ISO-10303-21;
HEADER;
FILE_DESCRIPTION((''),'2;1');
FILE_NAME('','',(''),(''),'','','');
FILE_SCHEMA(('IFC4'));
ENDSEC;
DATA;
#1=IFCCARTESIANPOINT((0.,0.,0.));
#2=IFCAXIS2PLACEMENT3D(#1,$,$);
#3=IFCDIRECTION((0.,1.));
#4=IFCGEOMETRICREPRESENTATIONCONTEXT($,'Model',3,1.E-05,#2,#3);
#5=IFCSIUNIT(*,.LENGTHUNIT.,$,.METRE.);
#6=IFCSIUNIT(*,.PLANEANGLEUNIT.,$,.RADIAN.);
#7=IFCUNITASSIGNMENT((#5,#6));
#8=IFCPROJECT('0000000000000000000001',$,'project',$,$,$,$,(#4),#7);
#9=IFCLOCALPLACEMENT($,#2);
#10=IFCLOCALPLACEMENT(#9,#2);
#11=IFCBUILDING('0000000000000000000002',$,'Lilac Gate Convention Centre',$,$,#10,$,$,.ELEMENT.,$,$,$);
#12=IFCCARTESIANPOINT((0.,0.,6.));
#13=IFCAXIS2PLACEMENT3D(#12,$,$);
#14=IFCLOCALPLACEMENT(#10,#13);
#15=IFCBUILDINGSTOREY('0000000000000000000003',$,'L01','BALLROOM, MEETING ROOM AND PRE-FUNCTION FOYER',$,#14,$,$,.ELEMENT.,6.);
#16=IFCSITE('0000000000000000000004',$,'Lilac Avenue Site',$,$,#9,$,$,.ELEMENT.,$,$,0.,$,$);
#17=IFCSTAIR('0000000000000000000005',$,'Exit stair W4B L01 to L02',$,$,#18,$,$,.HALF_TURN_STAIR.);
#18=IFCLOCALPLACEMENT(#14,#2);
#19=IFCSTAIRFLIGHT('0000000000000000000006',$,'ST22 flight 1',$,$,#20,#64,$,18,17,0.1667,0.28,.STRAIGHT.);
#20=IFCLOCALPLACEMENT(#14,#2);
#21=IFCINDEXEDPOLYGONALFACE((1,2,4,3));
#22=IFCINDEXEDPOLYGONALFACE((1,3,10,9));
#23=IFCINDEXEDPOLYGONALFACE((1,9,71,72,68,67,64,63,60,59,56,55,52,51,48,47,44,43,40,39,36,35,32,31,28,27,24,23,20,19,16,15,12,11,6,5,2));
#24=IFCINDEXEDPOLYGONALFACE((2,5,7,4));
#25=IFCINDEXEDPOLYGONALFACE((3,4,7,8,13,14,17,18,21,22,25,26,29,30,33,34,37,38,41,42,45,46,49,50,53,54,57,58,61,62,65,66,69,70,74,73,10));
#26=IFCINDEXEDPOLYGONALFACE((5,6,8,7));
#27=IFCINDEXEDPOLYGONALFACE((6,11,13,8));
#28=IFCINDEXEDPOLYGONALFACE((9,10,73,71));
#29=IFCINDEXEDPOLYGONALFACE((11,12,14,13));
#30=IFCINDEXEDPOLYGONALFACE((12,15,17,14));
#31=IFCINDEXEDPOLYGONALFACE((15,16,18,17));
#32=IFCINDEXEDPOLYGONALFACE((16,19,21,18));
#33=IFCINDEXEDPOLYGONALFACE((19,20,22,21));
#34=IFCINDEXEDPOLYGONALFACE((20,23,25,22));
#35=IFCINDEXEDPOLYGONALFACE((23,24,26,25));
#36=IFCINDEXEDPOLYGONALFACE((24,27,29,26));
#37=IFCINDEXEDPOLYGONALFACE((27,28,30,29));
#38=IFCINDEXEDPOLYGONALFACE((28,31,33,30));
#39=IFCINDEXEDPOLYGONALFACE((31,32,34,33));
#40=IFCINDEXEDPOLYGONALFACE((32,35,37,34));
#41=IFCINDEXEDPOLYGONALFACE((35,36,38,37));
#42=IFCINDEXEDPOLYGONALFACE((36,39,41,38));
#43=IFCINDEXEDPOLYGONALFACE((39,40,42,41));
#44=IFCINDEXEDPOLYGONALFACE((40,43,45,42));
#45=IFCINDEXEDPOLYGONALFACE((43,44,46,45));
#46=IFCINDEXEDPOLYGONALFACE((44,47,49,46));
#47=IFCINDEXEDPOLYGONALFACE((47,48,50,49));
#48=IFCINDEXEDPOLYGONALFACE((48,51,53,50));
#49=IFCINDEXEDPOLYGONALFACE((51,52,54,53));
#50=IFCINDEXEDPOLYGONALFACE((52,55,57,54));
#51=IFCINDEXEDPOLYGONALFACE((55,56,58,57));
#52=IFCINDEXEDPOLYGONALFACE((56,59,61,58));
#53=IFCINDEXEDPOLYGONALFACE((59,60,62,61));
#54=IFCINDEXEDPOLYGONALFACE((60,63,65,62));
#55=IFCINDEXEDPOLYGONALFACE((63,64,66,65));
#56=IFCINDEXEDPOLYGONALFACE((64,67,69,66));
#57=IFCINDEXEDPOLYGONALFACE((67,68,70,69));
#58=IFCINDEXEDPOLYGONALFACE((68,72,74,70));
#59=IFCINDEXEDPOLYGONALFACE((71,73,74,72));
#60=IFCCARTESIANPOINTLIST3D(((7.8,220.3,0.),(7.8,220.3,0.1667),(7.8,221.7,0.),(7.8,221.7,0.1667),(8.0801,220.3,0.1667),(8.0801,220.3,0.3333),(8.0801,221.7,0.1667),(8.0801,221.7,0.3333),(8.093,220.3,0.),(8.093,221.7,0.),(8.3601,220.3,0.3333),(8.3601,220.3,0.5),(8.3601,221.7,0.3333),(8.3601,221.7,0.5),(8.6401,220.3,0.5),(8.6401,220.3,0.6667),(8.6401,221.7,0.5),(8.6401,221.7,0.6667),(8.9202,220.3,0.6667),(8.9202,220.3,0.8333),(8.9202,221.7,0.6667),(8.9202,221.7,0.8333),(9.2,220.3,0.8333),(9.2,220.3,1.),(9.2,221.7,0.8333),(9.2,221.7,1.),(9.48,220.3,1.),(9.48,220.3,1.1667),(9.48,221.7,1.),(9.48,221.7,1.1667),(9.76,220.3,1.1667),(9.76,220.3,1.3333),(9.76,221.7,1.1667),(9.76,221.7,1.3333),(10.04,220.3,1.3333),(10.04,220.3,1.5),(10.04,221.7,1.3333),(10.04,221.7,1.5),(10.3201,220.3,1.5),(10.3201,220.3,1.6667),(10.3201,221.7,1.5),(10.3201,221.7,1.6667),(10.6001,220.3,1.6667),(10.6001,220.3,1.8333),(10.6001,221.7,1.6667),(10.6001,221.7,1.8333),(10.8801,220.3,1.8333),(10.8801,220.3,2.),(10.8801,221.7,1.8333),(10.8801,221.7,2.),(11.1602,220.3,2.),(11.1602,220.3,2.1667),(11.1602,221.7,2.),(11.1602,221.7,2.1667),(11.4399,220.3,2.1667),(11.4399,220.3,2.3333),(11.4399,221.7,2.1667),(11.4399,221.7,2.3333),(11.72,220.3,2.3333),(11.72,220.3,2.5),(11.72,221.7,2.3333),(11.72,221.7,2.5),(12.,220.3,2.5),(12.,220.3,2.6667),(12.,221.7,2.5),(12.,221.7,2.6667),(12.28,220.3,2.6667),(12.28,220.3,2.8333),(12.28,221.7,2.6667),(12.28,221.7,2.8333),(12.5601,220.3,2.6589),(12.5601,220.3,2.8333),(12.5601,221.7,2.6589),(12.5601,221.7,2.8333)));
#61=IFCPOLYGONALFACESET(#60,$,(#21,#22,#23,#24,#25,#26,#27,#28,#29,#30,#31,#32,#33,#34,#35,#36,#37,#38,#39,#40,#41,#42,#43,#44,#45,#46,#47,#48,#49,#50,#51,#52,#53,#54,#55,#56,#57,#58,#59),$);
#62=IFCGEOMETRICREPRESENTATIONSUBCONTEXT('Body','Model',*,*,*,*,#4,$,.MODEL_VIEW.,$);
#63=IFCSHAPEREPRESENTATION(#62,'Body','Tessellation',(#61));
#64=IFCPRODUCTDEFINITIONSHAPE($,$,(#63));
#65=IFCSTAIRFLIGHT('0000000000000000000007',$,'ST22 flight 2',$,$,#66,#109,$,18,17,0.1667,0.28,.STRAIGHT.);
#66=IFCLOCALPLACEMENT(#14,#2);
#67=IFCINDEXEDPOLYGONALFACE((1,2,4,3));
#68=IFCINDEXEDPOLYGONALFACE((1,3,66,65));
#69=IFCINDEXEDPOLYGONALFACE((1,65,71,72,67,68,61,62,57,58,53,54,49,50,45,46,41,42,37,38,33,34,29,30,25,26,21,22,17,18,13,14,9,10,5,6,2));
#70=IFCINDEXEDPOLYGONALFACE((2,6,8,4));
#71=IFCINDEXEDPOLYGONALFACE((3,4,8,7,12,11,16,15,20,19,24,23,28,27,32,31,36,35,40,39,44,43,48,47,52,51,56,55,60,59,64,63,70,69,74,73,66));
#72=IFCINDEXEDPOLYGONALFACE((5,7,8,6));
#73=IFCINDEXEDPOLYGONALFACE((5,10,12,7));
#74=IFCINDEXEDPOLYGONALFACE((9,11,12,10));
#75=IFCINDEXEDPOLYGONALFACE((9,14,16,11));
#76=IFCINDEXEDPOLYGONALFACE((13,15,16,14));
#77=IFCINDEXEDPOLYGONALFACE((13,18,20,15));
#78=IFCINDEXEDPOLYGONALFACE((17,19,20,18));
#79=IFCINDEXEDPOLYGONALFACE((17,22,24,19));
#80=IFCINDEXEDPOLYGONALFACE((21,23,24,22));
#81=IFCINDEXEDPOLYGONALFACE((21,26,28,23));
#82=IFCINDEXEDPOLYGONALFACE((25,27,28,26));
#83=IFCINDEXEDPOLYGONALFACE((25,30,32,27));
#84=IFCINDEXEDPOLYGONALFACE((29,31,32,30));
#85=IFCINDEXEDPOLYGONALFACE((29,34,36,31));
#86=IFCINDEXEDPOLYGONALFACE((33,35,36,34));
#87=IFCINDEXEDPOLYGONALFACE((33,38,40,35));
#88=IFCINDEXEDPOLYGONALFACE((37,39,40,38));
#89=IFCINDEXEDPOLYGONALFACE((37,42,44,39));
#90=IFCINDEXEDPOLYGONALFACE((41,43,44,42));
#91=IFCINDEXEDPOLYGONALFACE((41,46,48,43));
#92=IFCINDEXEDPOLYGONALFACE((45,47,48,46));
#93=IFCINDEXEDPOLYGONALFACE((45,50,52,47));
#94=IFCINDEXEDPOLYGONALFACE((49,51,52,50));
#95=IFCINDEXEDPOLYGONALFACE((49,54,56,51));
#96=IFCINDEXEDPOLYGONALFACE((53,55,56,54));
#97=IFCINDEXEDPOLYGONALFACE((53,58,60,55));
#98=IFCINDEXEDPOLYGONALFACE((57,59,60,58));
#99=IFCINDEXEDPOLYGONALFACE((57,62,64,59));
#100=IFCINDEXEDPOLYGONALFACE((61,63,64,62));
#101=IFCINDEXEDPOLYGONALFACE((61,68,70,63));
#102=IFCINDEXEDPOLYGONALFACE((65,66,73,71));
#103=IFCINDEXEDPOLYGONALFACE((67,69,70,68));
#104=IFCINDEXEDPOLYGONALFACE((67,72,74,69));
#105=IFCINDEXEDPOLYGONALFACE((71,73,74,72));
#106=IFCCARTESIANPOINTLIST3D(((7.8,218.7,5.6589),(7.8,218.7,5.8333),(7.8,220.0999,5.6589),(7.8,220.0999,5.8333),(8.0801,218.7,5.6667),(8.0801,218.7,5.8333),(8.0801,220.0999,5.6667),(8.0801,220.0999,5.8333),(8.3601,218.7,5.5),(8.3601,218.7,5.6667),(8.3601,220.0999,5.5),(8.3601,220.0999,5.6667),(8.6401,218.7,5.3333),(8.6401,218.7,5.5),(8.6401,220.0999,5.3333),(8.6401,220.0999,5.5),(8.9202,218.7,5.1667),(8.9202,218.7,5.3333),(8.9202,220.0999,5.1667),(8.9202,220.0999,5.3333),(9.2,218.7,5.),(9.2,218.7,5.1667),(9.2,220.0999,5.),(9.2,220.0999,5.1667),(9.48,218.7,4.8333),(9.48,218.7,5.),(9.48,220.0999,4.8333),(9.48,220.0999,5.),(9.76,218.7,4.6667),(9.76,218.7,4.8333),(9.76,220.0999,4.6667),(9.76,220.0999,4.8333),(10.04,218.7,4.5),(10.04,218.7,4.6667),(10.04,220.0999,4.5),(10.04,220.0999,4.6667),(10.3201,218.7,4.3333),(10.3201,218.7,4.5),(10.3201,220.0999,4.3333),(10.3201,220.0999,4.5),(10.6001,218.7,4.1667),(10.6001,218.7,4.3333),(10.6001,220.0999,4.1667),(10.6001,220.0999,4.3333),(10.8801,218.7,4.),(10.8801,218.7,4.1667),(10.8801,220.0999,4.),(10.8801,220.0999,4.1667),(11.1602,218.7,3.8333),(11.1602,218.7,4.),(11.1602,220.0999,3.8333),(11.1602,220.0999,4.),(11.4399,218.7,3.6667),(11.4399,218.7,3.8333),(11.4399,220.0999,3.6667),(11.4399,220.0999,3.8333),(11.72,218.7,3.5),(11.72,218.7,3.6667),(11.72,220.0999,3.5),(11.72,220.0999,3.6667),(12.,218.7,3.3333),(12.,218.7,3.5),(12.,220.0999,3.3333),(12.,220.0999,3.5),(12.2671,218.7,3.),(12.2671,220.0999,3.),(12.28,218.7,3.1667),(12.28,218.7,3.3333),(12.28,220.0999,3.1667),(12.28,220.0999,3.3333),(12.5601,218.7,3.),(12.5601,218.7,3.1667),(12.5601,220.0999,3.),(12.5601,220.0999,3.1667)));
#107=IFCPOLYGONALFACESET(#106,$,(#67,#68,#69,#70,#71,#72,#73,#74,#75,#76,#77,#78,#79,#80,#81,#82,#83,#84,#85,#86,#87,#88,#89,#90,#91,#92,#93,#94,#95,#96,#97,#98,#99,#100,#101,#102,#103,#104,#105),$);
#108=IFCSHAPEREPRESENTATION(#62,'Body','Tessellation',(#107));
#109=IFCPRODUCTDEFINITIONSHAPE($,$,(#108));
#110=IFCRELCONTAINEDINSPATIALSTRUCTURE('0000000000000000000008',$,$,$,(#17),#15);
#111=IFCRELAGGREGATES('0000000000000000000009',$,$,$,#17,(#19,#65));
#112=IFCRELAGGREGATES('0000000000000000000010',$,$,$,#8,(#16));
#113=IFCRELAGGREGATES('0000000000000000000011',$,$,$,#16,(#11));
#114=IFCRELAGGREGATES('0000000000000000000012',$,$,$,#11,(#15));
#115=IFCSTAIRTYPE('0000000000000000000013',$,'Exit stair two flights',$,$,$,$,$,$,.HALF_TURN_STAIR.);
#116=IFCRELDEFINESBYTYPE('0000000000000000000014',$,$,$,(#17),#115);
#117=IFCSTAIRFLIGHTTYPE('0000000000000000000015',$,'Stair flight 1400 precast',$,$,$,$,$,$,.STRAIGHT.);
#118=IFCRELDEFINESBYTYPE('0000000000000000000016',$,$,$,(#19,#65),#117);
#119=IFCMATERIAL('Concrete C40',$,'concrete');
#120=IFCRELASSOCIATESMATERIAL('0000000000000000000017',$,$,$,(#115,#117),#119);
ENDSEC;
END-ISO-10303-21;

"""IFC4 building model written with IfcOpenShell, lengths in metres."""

from ifc_helpers import new_model, si_unit, direction, frame, origin, place, context, subcontext, project, spatial, polyline, outline, extrude, material, type_object, element, aggregate, save


model = new_model("IFC4")

# Units and contexts
model_context = context("Model", 3, precision=1e-05, world=origin(), true_north=direction((0.0, 1.0)))
body_context = subcontext(model_context, "Body", "Model", "MODEL_VIEW")
ifc_project = project(units=[si_unit("LENGTHUNIT", "METRE"), si_unit("PLANEANGLEUNIT", "RADIAN")], contexts=[model_context])

# Site, building, storey
site_placement = place(None, origin())
site = spatial("IfcSite", under=ifc_project, at=site_placement, Name="Lilac Avenue Site", CompositionType="ELEMENT", RefElevation=0.0)
building_placement = place(site_placement, origin())
building = spatial("IfcBuilding", under=site, at=building_placement, Name="Lilac Gate Convention Centre", CompositionType="ELEMENT")
storey_placement = place(building_placement, frame((0.0, 0.0, 6.0)))
storey = spatial("IfcBuildingStorey", under=building, at=storey_placement, Name="L01", Description="BALLROOM, MEETING ROOM AND PRE-FUNCTION FOYER", CompositionType="ELEMENT", Elevation=6.0)

# Shared definitions
ifc_material_1 = material(Name="Concrete C40", Category="concrete")

# Stair, stair flights
stair_type = type_object("IfcStairType", Name="Exit stair two flights", PredefinedType="HALF_TURN_STAIR", material=ifc_material_1)
stair_placement = place(storey_placement, origin())
stair = element("IfcStair", 1, at=stair_placement, inside=storey, type_object=stair_type, Name="Exit stair W4B L01 to L02", PredefinedType="HALF_TURN_STAIR")
stair_flight_type = type_object("IfcStairFlightType", Name="Stair flight 1400 precast", PredefinedType="STRAIGHT", material=ifc_material_1)
stair_flight_1_placement = place(storey_placement, frame((7.8, 221.0, 0.0), z_axis=(0.0, 0.0, 1.0), x_axis=(1.0, 0.0, 0.0)))
stair_flight_1 = element("IfcStairFlight", 2, at=stair_flight_1_placement, type_object=stair_flight_type, Name="ST22 flight 1", NumberOfRisers=18, NumberOfTreads=17, PredefinedType="STRAIGHT", RiserHeight=0.1667, TreadLength=0.28, context=body_context, shape_type="SweptSolid", body=[
    extrude(outline(polyline([(0.0, 0.0), (0.0, 0.1667), (0.28, 0.1667), (0.28, 0.3333), (0.5601, 0.3333), (0.5601, 0.5), (0.8401, 0.5), (0.8401, 0.6667), (1.1201, 0.6667), (1.1201, 0.8333), (1.3999, 0.8333), (1.3999, 1.0), (1.6799, 1.0), (1.6799, 1.1667), (1.96, 1.1667), (1.96, 1.3333), (2.24, 1.3333), (2.24, 1.5), (2.52, 1.5), (2.52, 1.6667), (2.8, 1.6667), (2.8, 1.8333), (3.0801, 1.8333), (3.0801, 2.0), (3.3601, 2.0), (3.3601, 2.1667), (3.6399, 2.1667), (3.6399, 2.3333), (3.9199, 2.3333), (3.9199, 2.5), (4.2, 2.5), (4.2, 2.6667), (4.48, 2.6667), (4.48, 2.8333), (4.76, 2.8333), (4.76, 3.0), (4.76, 2.6589), (0.293, 0.0), (0.0, 0.0)])), frame((0.0, 0.7, 0.0), z_axis=(0.0, -1.0, 0.0), x_axis=(1.0, 0.0, 0.0)), (0.0, 0.0, 1.0), 1.3999),
])
stair_flight_2_placement = place(storey_placement, frame((12.5601, 219.3999, 3.0), z_axis=(0.0, 0.0, 1.0), x_axis=(-1.0, 0.0, 0.0)))
stair_flight_2 = element("IfcStairFlight", 3, at=stair_flight_2_placement, type_object=stair_flight_type, Name="ST22 flight 2", NumberOfRisers=18, NumberOfTreads=17, PredefinedType="STRAIGHT", RiserHeight=0.1667, TreadLength=0.28, context=body_context, shape_type="SweptSolid", body=[
    extrude(outline(polyline([(0.0, 0.0), (0.0, 0.1667), (0.28, 0.1667), (0.28, 0.3333), (0.5601, 0.3333), (0.5601, 0.5), (0.8401, 0.5), (0.8401, 0.6667), (1.1201, 0.6667), (1.1201, 0.8333), (1.3999, 0.8333), (1.3999, 1.0), (1.6799, 1.0), (1.6799, 1.1667), (1.96, 1.1667), (1.96, 1.3333), (2.24, 1.3333), (2.24, 1.5), (2.52, 1.5), (2.52, 1.6667), (2.8, 1.6667), (2.8, 1.8333), (3.0801, 1.8333), (3.0801, 2.0), (3.3601, 2.0), (3.3601, 2.1667), (3.6399, 2.1667), (3.6399, 2.3333), (3.9199, 2.3333), (3.9199, 2.5), (4.2, 2.5), (4.2, 2.6667), (4.48, 2.6667), (4.48, 2.8333), (4.76, 2.8333), (4.76, 3.0), (4.76, 2.6589), (0.293, 0.0), (0.0, 0.0)])), frame((0.0, 0.7, 0.0), z_axis=(0.0, -1.0, 0.0), x_axis=(1.0, 0.0, 0.0)), (0.0, 0.0, 1.0), 1.3999),
])
aggregate(stair, [stair_flight_1, stair_flight_2])

save(model, "model.ifc")
